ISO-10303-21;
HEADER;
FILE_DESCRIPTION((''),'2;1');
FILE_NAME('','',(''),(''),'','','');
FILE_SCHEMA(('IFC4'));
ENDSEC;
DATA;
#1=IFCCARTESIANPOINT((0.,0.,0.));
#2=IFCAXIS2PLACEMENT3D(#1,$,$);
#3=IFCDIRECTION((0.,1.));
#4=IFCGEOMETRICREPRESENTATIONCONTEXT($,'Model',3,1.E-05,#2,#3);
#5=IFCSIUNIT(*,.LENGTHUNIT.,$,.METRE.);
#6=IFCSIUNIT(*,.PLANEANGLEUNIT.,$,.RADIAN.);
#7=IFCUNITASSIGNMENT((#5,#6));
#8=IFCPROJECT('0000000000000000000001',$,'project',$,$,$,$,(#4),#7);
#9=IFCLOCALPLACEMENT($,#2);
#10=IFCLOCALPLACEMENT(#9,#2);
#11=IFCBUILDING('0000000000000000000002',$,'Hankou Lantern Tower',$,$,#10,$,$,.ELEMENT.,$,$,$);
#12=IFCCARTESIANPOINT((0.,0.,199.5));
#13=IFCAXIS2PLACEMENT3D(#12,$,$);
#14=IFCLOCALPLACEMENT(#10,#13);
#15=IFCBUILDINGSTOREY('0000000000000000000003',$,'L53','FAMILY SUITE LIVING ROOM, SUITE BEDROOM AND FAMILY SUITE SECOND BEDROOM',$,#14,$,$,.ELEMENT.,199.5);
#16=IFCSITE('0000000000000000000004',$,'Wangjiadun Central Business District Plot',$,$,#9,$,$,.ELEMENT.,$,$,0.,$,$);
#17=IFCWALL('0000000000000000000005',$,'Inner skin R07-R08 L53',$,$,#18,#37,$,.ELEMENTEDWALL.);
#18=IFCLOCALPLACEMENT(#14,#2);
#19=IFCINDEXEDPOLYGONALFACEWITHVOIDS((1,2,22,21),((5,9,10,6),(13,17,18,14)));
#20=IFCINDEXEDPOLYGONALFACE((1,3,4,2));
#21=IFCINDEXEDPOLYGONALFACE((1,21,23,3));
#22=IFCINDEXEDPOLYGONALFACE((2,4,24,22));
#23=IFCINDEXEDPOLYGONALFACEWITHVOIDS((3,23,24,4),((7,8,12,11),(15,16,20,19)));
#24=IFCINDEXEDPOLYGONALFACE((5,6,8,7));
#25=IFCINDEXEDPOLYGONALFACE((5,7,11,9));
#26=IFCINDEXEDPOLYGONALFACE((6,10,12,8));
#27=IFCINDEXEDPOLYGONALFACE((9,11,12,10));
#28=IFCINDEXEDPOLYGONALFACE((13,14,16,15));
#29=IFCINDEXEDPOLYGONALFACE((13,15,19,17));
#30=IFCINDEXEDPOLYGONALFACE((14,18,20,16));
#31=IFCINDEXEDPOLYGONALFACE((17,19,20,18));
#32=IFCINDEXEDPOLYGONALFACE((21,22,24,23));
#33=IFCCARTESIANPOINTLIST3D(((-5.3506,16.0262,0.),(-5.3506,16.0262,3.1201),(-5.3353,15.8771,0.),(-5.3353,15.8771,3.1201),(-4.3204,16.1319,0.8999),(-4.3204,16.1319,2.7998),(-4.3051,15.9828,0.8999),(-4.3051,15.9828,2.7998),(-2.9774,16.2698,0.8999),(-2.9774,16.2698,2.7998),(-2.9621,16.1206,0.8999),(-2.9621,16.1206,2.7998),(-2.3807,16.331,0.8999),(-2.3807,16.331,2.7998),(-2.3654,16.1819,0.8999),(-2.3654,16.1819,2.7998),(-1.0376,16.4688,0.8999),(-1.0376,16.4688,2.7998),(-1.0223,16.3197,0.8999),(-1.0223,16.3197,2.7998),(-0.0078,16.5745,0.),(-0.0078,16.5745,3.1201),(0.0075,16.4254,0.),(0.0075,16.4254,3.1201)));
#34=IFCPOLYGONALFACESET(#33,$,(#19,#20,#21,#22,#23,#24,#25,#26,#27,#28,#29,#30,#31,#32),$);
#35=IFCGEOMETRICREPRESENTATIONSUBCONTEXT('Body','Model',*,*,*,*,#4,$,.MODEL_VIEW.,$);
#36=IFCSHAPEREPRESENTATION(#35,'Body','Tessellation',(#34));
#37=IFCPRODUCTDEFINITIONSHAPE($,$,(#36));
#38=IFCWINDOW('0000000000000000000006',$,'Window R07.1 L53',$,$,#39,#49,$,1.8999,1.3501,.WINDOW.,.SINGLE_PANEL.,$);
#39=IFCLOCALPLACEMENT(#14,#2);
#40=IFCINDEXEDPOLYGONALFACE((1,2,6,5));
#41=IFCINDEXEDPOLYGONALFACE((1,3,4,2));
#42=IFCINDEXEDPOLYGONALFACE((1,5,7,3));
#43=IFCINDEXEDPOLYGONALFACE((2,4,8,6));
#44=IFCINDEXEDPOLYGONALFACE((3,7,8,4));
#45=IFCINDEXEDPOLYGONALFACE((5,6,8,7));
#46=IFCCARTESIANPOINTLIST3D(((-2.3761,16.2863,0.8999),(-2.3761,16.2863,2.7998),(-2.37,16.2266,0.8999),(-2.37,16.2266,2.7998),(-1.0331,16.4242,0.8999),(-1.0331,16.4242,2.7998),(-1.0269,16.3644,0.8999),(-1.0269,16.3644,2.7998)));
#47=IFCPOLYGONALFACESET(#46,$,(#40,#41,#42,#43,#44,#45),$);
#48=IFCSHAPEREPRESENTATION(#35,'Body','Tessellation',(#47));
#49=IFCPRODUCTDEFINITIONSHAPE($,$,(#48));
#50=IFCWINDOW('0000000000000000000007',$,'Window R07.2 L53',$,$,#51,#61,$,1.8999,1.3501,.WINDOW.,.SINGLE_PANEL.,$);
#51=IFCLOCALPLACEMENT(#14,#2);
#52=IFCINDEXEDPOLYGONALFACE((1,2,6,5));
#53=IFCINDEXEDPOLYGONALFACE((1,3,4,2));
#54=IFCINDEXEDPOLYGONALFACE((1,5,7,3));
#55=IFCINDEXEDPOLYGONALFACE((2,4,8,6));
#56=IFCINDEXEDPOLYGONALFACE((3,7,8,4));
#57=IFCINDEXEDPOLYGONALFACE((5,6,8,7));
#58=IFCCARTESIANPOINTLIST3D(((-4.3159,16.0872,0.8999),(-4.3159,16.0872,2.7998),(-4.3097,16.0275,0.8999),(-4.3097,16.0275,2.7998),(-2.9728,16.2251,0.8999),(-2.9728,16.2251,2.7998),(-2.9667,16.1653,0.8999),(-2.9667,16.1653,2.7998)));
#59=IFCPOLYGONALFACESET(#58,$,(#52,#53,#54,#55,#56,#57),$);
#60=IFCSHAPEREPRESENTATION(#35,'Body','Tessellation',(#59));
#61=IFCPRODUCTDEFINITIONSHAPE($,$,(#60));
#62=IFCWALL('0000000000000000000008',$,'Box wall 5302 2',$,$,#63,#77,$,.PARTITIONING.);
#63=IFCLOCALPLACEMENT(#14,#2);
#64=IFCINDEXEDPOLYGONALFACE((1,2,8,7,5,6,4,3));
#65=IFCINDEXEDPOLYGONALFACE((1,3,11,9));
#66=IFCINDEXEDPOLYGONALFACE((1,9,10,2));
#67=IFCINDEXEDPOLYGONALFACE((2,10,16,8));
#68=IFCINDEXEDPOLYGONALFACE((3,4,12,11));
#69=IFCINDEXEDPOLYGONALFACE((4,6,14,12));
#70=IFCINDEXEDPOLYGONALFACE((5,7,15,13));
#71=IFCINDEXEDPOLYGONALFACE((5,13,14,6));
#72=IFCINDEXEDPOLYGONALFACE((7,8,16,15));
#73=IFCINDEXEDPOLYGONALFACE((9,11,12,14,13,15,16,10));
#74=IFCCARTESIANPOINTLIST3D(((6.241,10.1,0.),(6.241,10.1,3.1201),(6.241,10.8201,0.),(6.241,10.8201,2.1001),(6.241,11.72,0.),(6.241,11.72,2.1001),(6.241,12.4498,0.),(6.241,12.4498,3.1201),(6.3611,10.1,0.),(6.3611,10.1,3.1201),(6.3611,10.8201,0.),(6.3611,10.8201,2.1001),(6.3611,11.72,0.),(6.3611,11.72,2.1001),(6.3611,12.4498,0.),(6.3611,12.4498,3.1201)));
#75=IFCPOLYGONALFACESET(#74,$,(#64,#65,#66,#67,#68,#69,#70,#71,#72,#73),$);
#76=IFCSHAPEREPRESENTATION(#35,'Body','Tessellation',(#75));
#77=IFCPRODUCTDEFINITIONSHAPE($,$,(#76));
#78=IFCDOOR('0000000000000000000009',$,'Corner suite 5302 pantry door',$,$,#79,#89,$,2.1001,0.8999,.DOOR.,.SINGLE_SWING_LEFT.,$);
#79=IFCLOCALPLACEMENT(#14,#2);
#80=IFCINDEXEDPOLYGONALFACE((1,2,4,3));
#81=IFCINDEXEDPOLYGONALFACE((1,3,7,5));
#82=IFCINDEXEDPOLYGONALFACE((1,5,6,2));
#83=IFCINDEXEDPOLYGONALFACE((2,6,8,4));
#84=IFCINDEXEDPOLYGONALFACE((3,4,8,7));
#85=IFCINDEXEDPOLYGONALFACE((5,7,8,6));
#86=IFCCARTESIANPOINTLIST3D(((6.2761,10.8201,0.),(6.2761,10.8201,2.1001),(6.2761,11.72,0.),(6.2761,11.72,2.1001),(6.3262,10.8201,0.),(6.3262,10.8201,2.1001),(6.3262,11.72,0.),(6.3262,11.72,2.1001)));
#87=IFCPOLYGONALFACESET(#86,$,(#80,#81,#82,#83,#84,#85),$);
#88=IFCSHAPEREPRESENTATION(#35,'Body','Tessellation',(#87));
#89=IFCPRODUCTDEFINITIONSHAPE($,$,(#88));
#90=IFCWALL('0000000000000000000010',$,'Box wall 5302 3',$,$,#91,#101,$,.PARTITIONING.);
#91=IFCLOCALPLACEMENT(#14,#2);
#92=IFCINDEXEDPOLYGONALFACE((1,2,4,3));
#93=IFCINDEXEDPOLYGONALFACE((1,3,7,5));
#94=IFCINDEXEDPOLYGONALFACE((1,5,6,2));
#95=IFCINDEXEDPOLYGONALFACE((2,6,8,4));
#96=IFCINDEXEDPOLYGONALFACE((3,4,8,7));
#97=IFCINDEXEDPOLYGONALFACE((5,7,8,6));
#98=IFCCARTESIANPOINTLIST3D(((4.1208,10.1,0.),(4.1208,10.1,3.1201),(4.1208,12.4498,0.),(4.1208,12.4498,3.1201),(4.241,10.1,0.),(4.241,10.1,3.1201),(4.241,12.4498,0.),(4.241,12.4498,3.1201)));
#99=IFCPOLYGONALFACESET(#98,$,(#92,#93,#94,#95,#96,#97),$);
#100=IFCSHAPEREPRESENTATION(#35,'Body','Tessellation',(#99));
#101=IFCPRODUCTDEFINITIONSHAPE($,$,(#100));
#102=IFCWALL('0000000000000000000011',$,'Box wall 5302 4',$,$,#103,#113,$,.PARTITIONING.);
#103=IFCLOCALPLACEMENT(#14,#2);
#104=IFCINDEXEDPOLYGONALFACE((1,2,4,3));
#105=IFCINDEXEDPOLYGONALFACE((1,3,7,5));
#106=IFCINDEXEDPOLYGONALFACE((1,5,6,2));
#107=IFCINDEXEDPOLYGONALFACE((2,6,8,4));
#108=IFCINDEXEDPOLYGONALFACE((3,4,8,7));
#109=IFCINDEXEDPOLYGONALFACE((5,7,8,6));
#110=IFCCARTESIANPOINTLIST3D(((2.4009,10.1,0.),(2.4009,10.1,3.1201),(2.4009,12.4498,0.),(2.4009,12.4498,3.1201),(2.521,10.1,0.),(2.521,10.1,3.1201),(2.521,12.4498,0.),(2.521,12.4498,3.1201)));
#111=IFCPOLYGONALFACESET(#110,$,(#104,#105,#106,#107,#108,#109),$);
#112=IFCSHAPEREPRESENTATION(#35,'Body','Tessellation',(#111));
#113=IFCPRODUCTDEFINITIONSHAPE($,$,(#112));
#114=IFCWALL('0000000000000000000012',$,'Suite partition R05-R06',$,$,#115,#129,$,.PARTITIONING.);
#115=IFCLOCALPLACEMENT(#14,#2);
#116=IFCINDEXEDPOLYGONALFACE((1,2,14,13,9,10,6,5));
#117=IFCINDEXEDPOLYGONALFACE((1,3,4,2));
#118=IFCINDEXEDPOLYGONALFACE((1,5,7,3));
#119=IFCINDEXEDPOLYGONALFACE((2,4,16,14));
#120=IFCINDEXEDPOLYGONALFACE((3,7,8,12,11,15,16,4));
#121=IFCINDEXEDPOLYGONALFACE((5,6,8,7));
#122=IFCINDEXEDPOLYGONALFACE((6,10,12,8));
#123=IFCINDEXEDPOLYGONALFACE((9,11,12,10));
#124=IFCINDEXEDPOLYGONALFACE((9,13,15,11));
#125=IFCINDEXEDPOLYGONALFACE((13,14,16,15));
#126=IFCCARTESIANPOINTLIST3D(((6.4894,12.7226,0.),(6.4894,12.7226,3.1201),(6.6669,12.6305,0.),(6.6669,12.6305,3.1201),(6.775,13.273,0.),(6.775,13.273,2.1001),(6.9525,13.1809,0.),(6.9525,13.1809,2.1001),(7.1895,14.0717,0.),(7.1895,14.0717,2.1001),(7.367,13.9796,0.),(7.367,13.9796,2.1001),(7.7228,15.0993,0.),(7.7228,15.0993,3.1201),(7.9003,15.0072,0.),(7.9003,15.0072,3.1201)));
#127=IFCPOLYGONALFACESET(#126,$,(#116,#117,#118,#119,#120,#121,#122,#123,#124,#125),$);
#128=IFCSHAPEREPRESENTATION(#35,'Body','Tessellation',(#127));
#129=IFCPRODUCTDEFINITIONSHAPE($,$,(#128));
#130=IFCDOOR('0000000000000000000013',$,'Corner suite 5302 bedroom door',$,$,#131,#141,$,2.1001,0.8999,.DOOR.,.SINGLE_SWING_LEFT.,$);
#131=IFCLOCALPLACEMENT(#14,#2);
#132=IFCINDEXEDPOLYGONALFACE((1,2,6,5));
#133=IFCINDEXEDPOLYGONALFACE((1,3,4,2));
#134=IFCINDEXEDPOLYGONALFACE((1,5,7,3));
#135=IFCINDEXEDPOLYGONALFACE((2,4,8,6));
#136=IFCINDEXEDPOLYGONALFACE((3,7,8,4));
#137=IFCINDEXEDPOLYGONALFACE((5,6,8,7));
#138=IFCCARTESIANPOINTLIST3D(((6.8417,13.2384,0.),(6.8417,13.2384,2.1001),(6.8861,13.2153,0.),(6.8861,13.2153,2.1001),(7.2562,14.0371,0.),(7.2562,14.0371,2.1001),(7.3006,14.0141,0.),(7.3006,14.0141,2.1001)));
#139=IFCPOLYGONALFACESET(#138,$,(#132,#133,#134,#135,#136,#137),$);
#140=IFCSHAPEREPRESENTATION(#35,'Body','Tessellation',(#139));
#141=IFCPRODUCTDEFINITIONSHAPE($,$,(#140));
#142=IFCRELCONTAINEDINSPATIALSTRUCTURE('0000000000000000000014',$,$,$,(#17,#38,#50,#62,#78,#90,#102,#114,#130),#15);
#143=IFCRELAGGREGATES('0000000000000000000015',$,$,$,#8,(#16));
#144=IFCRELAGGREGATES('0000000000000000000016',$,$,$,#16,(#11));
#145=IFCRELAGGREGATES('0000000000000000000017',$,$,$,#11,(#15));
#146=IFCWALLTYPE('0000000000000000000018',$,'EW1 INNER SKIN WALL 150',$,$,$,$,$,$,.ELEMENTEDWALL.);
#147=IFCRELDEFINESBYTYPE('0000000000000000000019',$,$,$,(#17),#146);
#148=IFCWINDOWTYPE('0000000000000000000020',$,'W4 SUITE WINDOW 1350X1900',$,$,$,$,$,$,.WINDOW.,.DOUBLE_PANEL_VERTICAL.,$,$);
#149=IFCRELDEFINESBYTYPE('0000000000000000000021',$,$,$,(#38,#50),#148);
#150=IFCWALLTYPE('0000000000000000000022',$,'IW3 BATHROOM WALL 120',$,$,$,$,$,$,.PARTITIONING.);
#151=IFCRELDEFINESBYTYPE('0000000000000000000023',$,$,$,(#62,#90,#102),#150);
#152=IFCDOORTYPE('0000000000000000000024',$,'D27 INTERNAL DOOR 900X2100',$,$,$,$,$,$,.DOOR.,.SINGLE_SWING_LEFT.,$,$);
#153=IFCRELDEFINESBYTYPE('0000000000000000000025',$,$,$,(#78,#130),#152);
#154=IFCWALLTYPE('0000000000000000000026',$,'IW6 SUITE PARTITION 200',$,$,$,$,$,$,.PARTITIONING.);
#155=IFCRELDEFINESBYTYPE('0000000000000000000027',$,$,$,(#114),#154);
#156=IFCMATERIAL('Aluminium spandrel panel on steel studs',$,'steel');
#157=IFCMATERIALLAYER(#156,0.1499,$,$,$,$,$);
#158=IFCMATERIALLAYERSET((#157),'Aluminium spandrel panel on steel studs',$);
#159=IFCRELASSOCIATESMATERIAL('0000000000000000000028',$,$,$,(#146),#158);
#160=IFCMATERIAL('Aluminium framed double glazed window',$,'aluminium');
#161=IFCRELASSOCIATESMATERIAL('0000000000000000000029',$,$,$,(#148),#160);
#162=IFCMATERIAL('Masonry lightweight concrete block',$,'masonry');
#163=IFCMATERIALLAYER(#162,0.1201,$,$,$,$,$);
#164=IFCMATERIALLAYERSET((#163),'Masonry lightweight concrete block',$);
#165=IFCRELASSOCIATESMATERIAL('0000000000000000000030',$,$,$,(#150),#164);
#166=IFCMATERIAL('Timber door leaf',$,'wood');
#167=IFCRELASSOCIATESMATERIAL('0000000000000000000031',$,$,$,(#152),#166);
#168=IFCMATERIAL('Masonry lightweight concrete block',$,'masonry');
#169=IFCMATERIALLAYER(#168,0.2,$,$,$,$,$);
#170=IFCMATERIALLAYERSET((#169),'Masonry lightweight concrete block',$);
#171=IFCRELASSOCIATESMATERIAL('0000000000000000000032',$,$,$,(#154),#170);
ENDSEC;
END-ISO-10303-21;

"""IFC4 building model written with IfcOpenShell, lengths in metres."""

from ifc_helpers import new_model, si_unit, direction, frame, frame_2d, origin, place, context, subcontext, project, spatial, rectangle, extrude, material, layer, layer_set, type_object, element, fill, save


model = new_model("IFC4")

# Units and contexts
model_context = context("Model", 3, precision=1e-05, world=origin(), true_north=direction((0.0, 1.0)))
body_context = subcontext(model_context, "Body", "Model", "MODEL_VIEW")
ifc_project = project(units=[si_unit("LENGTHUNIT", "METRE"), si_unit("PLANEANGLEUNIT", "RADIAN")], contexts=[model_context])

# Site, building, storey
site_placement = place(None, origin())
site = spatial("IfcSite", under=ifc_project, at=site_placement, Name="Wangjiadun Central Business District Plot", CompositionType="ELEMENT", RefElevation=0.0)
building_placement = place(site_placement, origin())
building = spatial("IfcBuilding", under=site, at=building_placement, Name="Hankou Lantern Tower", CompositionType="ELEMENT")
storey_placement = place(building_placement, frame((0.0, 0.0, 199.5)))
storey = spatial("IfcBuildingStorey", under=building, at=storey_placement, Name="L53", Description="FAMILY SUITE LIVING ROOM, SUITE BEDROOM AND FAMILY SUITE SECOND BEDROOM", CompositionType="ELEMENT", Elevation=199.5)

# Wall, openings, windows
ifc_material_1 = material(Name="Aluminium spandrel panel on steel studs", Category="steel")
ifc_layer_1 = layer(ifc_material_1, 0.1499)
ifc_layer_set_1 = layer_set([ifc_layer_1], Name="Aluminium spandrel panel on steel studs")
wall_type_1 = type_object("IfcWallType", Name="EW1 INNER SKIN WALL 150", PredefinedType="ELEMENTEDWALL", material=ifc_layer_set_1)
ifc_material_2 = material(Name="Aluminium framed double glazed window", Category="aluminium")
window_type = type_object("IfcWindowType", Name="W4 SUITE WINDOW 1350X1900", PartitioningType="DOUBLE_PANEL_VERTICAL", PredefinedType="WINDOW", material=ifc_material_2)
wall_1_placement = place(storey_placement, frame((0.0, 16.5, 0.0), z_axis=(0.0, 0.0, 1.0), x_axis=(-0.994775, -0.102096, 0.0)))
wall_1 = element("IfcWall", 1, at=wall_1_placement, inside=storey, type_object=wall_type_1, Name="Inner skin R07-R08 L53", PredefinedType="ELEMENTEDWALL", context=body_context, shape_type="SweptSolid", body=[
    extrude(rectangle(XDim=5.3708, YDim=0.1499, at=frame_2d((2.6855, 0.0))), origin(), (0.0, 0.0, 1.0), 3.1201),
])
opening_1_placement = place(wall_1_placement, frame((1.0354, 0.0, 0.8999)))
opening_1 = element("IfcOpeningElement", 2, at=opening_1_placement, cuts=wall_1, PredefinedType="OPENING", context=body_context, shape_type="SweptSolid", body=[
    extrude(rectangle(XDim=1.3501, YDim=1.8999, at=frame_2d((0.675, 0.95))), frame((0.0, 0.085, 0.0), z_axis=(0.0, -1.0, 0.0), x_axis=(1.0, 0.0, 0.0)), (0.0, 0.0, 1.0), 0.1699),
])
opening_2_placement = place(wall_1_placement, frame((2.9854, 0.0, 0.8999)))
opening_2 = element("IfcOpeningElement", 3, at=opening_2_placement, cuts=wall_1, PredefinedType="OPENING", context=body_context, shape_type="SweptSolid", body=[
    extrude(rectangle(XDim=1.3501, YDim=1.8999, at=frame_2d((0.675, 0.95))), frame((0.0, 0.085, 0.0), z_axis=(0.0, -1.0, 0.0), x_axis=(1.0, 0.0, 0.0)), (0.0, 0.0, 1.0), 0.1699),
])
window_1_placement = place(opening_1_placement, origin())
window_1 = element("IfcWindow", 4, at=window_1_placement, inside=storey, type_object=window_type, Name="Window R07.1 L53", OverallHeight=1.8999, OverallWidth=1.3501, PartitioningType="SINGLE_PANEL", PredefinedType="WINDOW", context=body_context, shape_type="SweptSolid", body=[
    extrude(rectangle(XDim=1.3501, YDim=1.8999, at=frame_2d((0.675, 0.95))), frame((0.0, 0.03, 0.0), z_axis=(0.0, -1.0, 0.0), x_axis=(1.0, 0.0, 0.0)), (0.0, 0.0, 1.0), 0.0601),
])
fill(opening_1, window_1)
window_2_placement = place(opening_2_placement, origin())
window_2 = element("IfcWindow", 5, at=window_2_placement, inside=storey, type_object=window_type, Name="Window R07.2 L53", OverallHeight=1.8999, OverallWidth=1.3501, PartitioningType="SINGLE_PANEL", PredefinedType="WINDOW", context=body_context, shape_type="SweptSolid", body=[
    extrude(rectangle(XDim=1.3501, YDim=1.8999, at=frame_2d((0.675, 0.95))), frame((0.0, 0.03, 0.0), z_axis=(0.0, -1.0, 0.0), x_axis=(1.0, 0.0, 0.0)), (0.0, 0.0, 1.0), 0.0601),
])
fill(opening_2, window_2)

# Wall, opening, door
ifc_material_3 = material(Name="Masonry lightweight concrete block", Category="masonry")
ifc_layer_2 = layer(ifc_material_3, 0.1201)
ifc_layer_set_2 = layer_set([ifc_layer_2], Name="Masonry lightweight concrete block")
wall_type_2 = type_object("IfcWallType", Name="IW3 BATHROOM WALL 120", PredefinedType="PARTITIONING", material=ifc_layer_set_2)
wall_2_placement = place(storey_placement, frame((6.301, 10.1001, 0.0), z_axis=(0.0, 0.0, 1.0), x_axis=(0.0, 1.0, 0.0)))
wall_2 = element("IfcWall", 6, at=wall_2_placement, inside=storey, type_object=wall_type_2, Name="Box wall 5302 2", PredefinedType="PARTITIONING", context=body_context, shape_type="SweptSolid", body=[
    extrude(rectangle(XDim=2.3499, YDim=0.1201, at=frame_2d((1.1748, 0.0))), origin(), (0.0, 0.0, 1.0), 3.1201),
])
opening_3_placement = place(wall_2_placement, frame((0.72, 0.0, 0.0)))
opening_3 = element("IfcOpeningElement", 7, at=opening_3_placement, cuts=wall_2, PredefinedType="OPENING", context=body_context, shape_type="SweptSolid", body=[
    extrude(rectangle(XDim=0.8999, YDim=2.1001, at=frame_2d((0.45, 1.05))), frame((0.0, 0.0701, 0.0), z_axis=(0.0, -1.0, 0.0), x_axis=(1.0, 0.0, 0.0)), (0.0, 0.0, 1.0), 0.1401),
])
ifc_material_4 = material(Name="Timber door leaf", Category="wood")
door_type = type_object("IfcDoorType", Name="D27 INTERNAL DOOR 900X2100", OperationType="SINGLE_SWING_LEFT", PredefinedType="DOOR", material=ifc_material_4)
door_1_placement = place(opening_3_placement, origin())
door_1 = element("IfcDoor", 8, at=door_1_placement, inside=storey, type_object=door_type, Name="Corner suite 5302 pantry door", OperationType="SINGLE_SWING_LEFT", OverallHeight=2.1001, OverallWidth=0.8999, PredefinedType="DOOR", context=body_context, shape_type="SweptSolid", body=[
    extrude(rectangle(XDim=0.8999, YDim=2.1001, at=frame_2d((0.45, 1.05))), frame((0.0, 0.0249, 0.0), z_axis=(0.0, -1.0, 0.0), x_axis=(1.0, 0.0, 0.0)), (0.0, 0.0, 1.0), 0.05),
])
fill(opening_3, door_1)

# Walls
for number, where, z_axis, x_axis, name in (
    (9, (4.1809, 10.1001, 0.0), (0.0, 0.0, 1.0), (0.0, 1.0, 0.0), "Box wall 5302 3"),
    (10, (2.4609, 10.1001, 0.0), (0.0, 0.0, 1.0), (0.0, 1.0, 0.0), "Box wall 5302 4"),
):
    element("IfcWall", number, at=place(storey_placement, frame(where, z_axis=z_axis, x_axis=x_axis)), inside=storey, type_object=wall_type_2, Name=name, PredefinedType="PARTITIONING", context=body_context, shape_type="SweptSolid", body=[
        extrude(rectangle(XDim=2.3499, YDim=0.1201, at=frame_2d((1.1748, 0.0))), origin(), (0.0, 0.0, 1.0), 3.1201),
    ])

# Wall, opening, door
ifc_material_5 = material(Name="Masonry lightweight concrete block", Category="masonry")
ifc_layer_3 = layer(ifc_material_5, 0.2)
ifc_layer_set_3 = layer_set([ifc_layer_3], Name="Masonry lightweight concrete block")
wall_type_3 = type_object("IfcWallType", Name="IW6 SUITE PARTITION 200", PredefinedType="PARTITIONING", material=ifc_layer_set_3)
wall_3_placement = place(storey_placement, frame((6.5781, 12.6765, 0.0), z_axis=(0.0, 0.0, 1.0), x_axis=(0.460621, 0.887597, 0.0)))
wall_3 = element("IfcWall", 11, at=wall_3_placement, inside=storey, type_object=wall_type_3, Name="Suite partition R05-R06", PredefinedType="PARTITIONING", context=body_context, shape_type="SweptSolid", body=[
    extrude(rectangle(XDim=2.6777, YDim=0.2, at=frame_2d((1.3389, 0.0))), origin(), (0.0, 0.0, 1.0), 3.1201),
])
opening_4_placement = place(wall_3_placement, frame((0.6201, 0.0, 0.0)))
opening_4 = element("IfcOpeningElement", 12, at=opening_4_placement, cuts=wall_3, PredefinedType="OPENING", context=body_context, shape_type="SweptSolid", body=[
    extrude(rectangle(XDim=0.8999, YDim=2.1001, at=frame_2d((0.45, 1.05))), frame((0.0, 0.1099, 0.0), z_axis=(0.0, -1.0, 0.0), x_axis=(1.0, 0.0, 0.0)), (0.0, 0.0, 1.0), 0.22),
])
door_2_placement = place(opening_4_placement, origin())
door_2 = element("IfcDoor", 13, at=door_2_placement, inside=storey, type_object=door_type, Name="Corner suite 5302 bedroom door", OperationType="SINGLE_SWING_LEFT", OverallHeight=2.1001, OverallWidth=0.8999, PredefinedType="DOOR", context=body_context, shape_type="SweptSolid", body=[
    extrude(rectangle(XDim=0.8999, YDim=2.1001, at=frame_2d((0.45, 1.05))), frame((0.0, 0.0249, 0.0), z_axis=(0.0, -1.0, 0.0), x_axis=(1.0, 0.0, 0.0)), (0.0, 0.0, 1.0), 0.05),
])
fill(opening_4, door_2)

save(model, "model.ifc")
